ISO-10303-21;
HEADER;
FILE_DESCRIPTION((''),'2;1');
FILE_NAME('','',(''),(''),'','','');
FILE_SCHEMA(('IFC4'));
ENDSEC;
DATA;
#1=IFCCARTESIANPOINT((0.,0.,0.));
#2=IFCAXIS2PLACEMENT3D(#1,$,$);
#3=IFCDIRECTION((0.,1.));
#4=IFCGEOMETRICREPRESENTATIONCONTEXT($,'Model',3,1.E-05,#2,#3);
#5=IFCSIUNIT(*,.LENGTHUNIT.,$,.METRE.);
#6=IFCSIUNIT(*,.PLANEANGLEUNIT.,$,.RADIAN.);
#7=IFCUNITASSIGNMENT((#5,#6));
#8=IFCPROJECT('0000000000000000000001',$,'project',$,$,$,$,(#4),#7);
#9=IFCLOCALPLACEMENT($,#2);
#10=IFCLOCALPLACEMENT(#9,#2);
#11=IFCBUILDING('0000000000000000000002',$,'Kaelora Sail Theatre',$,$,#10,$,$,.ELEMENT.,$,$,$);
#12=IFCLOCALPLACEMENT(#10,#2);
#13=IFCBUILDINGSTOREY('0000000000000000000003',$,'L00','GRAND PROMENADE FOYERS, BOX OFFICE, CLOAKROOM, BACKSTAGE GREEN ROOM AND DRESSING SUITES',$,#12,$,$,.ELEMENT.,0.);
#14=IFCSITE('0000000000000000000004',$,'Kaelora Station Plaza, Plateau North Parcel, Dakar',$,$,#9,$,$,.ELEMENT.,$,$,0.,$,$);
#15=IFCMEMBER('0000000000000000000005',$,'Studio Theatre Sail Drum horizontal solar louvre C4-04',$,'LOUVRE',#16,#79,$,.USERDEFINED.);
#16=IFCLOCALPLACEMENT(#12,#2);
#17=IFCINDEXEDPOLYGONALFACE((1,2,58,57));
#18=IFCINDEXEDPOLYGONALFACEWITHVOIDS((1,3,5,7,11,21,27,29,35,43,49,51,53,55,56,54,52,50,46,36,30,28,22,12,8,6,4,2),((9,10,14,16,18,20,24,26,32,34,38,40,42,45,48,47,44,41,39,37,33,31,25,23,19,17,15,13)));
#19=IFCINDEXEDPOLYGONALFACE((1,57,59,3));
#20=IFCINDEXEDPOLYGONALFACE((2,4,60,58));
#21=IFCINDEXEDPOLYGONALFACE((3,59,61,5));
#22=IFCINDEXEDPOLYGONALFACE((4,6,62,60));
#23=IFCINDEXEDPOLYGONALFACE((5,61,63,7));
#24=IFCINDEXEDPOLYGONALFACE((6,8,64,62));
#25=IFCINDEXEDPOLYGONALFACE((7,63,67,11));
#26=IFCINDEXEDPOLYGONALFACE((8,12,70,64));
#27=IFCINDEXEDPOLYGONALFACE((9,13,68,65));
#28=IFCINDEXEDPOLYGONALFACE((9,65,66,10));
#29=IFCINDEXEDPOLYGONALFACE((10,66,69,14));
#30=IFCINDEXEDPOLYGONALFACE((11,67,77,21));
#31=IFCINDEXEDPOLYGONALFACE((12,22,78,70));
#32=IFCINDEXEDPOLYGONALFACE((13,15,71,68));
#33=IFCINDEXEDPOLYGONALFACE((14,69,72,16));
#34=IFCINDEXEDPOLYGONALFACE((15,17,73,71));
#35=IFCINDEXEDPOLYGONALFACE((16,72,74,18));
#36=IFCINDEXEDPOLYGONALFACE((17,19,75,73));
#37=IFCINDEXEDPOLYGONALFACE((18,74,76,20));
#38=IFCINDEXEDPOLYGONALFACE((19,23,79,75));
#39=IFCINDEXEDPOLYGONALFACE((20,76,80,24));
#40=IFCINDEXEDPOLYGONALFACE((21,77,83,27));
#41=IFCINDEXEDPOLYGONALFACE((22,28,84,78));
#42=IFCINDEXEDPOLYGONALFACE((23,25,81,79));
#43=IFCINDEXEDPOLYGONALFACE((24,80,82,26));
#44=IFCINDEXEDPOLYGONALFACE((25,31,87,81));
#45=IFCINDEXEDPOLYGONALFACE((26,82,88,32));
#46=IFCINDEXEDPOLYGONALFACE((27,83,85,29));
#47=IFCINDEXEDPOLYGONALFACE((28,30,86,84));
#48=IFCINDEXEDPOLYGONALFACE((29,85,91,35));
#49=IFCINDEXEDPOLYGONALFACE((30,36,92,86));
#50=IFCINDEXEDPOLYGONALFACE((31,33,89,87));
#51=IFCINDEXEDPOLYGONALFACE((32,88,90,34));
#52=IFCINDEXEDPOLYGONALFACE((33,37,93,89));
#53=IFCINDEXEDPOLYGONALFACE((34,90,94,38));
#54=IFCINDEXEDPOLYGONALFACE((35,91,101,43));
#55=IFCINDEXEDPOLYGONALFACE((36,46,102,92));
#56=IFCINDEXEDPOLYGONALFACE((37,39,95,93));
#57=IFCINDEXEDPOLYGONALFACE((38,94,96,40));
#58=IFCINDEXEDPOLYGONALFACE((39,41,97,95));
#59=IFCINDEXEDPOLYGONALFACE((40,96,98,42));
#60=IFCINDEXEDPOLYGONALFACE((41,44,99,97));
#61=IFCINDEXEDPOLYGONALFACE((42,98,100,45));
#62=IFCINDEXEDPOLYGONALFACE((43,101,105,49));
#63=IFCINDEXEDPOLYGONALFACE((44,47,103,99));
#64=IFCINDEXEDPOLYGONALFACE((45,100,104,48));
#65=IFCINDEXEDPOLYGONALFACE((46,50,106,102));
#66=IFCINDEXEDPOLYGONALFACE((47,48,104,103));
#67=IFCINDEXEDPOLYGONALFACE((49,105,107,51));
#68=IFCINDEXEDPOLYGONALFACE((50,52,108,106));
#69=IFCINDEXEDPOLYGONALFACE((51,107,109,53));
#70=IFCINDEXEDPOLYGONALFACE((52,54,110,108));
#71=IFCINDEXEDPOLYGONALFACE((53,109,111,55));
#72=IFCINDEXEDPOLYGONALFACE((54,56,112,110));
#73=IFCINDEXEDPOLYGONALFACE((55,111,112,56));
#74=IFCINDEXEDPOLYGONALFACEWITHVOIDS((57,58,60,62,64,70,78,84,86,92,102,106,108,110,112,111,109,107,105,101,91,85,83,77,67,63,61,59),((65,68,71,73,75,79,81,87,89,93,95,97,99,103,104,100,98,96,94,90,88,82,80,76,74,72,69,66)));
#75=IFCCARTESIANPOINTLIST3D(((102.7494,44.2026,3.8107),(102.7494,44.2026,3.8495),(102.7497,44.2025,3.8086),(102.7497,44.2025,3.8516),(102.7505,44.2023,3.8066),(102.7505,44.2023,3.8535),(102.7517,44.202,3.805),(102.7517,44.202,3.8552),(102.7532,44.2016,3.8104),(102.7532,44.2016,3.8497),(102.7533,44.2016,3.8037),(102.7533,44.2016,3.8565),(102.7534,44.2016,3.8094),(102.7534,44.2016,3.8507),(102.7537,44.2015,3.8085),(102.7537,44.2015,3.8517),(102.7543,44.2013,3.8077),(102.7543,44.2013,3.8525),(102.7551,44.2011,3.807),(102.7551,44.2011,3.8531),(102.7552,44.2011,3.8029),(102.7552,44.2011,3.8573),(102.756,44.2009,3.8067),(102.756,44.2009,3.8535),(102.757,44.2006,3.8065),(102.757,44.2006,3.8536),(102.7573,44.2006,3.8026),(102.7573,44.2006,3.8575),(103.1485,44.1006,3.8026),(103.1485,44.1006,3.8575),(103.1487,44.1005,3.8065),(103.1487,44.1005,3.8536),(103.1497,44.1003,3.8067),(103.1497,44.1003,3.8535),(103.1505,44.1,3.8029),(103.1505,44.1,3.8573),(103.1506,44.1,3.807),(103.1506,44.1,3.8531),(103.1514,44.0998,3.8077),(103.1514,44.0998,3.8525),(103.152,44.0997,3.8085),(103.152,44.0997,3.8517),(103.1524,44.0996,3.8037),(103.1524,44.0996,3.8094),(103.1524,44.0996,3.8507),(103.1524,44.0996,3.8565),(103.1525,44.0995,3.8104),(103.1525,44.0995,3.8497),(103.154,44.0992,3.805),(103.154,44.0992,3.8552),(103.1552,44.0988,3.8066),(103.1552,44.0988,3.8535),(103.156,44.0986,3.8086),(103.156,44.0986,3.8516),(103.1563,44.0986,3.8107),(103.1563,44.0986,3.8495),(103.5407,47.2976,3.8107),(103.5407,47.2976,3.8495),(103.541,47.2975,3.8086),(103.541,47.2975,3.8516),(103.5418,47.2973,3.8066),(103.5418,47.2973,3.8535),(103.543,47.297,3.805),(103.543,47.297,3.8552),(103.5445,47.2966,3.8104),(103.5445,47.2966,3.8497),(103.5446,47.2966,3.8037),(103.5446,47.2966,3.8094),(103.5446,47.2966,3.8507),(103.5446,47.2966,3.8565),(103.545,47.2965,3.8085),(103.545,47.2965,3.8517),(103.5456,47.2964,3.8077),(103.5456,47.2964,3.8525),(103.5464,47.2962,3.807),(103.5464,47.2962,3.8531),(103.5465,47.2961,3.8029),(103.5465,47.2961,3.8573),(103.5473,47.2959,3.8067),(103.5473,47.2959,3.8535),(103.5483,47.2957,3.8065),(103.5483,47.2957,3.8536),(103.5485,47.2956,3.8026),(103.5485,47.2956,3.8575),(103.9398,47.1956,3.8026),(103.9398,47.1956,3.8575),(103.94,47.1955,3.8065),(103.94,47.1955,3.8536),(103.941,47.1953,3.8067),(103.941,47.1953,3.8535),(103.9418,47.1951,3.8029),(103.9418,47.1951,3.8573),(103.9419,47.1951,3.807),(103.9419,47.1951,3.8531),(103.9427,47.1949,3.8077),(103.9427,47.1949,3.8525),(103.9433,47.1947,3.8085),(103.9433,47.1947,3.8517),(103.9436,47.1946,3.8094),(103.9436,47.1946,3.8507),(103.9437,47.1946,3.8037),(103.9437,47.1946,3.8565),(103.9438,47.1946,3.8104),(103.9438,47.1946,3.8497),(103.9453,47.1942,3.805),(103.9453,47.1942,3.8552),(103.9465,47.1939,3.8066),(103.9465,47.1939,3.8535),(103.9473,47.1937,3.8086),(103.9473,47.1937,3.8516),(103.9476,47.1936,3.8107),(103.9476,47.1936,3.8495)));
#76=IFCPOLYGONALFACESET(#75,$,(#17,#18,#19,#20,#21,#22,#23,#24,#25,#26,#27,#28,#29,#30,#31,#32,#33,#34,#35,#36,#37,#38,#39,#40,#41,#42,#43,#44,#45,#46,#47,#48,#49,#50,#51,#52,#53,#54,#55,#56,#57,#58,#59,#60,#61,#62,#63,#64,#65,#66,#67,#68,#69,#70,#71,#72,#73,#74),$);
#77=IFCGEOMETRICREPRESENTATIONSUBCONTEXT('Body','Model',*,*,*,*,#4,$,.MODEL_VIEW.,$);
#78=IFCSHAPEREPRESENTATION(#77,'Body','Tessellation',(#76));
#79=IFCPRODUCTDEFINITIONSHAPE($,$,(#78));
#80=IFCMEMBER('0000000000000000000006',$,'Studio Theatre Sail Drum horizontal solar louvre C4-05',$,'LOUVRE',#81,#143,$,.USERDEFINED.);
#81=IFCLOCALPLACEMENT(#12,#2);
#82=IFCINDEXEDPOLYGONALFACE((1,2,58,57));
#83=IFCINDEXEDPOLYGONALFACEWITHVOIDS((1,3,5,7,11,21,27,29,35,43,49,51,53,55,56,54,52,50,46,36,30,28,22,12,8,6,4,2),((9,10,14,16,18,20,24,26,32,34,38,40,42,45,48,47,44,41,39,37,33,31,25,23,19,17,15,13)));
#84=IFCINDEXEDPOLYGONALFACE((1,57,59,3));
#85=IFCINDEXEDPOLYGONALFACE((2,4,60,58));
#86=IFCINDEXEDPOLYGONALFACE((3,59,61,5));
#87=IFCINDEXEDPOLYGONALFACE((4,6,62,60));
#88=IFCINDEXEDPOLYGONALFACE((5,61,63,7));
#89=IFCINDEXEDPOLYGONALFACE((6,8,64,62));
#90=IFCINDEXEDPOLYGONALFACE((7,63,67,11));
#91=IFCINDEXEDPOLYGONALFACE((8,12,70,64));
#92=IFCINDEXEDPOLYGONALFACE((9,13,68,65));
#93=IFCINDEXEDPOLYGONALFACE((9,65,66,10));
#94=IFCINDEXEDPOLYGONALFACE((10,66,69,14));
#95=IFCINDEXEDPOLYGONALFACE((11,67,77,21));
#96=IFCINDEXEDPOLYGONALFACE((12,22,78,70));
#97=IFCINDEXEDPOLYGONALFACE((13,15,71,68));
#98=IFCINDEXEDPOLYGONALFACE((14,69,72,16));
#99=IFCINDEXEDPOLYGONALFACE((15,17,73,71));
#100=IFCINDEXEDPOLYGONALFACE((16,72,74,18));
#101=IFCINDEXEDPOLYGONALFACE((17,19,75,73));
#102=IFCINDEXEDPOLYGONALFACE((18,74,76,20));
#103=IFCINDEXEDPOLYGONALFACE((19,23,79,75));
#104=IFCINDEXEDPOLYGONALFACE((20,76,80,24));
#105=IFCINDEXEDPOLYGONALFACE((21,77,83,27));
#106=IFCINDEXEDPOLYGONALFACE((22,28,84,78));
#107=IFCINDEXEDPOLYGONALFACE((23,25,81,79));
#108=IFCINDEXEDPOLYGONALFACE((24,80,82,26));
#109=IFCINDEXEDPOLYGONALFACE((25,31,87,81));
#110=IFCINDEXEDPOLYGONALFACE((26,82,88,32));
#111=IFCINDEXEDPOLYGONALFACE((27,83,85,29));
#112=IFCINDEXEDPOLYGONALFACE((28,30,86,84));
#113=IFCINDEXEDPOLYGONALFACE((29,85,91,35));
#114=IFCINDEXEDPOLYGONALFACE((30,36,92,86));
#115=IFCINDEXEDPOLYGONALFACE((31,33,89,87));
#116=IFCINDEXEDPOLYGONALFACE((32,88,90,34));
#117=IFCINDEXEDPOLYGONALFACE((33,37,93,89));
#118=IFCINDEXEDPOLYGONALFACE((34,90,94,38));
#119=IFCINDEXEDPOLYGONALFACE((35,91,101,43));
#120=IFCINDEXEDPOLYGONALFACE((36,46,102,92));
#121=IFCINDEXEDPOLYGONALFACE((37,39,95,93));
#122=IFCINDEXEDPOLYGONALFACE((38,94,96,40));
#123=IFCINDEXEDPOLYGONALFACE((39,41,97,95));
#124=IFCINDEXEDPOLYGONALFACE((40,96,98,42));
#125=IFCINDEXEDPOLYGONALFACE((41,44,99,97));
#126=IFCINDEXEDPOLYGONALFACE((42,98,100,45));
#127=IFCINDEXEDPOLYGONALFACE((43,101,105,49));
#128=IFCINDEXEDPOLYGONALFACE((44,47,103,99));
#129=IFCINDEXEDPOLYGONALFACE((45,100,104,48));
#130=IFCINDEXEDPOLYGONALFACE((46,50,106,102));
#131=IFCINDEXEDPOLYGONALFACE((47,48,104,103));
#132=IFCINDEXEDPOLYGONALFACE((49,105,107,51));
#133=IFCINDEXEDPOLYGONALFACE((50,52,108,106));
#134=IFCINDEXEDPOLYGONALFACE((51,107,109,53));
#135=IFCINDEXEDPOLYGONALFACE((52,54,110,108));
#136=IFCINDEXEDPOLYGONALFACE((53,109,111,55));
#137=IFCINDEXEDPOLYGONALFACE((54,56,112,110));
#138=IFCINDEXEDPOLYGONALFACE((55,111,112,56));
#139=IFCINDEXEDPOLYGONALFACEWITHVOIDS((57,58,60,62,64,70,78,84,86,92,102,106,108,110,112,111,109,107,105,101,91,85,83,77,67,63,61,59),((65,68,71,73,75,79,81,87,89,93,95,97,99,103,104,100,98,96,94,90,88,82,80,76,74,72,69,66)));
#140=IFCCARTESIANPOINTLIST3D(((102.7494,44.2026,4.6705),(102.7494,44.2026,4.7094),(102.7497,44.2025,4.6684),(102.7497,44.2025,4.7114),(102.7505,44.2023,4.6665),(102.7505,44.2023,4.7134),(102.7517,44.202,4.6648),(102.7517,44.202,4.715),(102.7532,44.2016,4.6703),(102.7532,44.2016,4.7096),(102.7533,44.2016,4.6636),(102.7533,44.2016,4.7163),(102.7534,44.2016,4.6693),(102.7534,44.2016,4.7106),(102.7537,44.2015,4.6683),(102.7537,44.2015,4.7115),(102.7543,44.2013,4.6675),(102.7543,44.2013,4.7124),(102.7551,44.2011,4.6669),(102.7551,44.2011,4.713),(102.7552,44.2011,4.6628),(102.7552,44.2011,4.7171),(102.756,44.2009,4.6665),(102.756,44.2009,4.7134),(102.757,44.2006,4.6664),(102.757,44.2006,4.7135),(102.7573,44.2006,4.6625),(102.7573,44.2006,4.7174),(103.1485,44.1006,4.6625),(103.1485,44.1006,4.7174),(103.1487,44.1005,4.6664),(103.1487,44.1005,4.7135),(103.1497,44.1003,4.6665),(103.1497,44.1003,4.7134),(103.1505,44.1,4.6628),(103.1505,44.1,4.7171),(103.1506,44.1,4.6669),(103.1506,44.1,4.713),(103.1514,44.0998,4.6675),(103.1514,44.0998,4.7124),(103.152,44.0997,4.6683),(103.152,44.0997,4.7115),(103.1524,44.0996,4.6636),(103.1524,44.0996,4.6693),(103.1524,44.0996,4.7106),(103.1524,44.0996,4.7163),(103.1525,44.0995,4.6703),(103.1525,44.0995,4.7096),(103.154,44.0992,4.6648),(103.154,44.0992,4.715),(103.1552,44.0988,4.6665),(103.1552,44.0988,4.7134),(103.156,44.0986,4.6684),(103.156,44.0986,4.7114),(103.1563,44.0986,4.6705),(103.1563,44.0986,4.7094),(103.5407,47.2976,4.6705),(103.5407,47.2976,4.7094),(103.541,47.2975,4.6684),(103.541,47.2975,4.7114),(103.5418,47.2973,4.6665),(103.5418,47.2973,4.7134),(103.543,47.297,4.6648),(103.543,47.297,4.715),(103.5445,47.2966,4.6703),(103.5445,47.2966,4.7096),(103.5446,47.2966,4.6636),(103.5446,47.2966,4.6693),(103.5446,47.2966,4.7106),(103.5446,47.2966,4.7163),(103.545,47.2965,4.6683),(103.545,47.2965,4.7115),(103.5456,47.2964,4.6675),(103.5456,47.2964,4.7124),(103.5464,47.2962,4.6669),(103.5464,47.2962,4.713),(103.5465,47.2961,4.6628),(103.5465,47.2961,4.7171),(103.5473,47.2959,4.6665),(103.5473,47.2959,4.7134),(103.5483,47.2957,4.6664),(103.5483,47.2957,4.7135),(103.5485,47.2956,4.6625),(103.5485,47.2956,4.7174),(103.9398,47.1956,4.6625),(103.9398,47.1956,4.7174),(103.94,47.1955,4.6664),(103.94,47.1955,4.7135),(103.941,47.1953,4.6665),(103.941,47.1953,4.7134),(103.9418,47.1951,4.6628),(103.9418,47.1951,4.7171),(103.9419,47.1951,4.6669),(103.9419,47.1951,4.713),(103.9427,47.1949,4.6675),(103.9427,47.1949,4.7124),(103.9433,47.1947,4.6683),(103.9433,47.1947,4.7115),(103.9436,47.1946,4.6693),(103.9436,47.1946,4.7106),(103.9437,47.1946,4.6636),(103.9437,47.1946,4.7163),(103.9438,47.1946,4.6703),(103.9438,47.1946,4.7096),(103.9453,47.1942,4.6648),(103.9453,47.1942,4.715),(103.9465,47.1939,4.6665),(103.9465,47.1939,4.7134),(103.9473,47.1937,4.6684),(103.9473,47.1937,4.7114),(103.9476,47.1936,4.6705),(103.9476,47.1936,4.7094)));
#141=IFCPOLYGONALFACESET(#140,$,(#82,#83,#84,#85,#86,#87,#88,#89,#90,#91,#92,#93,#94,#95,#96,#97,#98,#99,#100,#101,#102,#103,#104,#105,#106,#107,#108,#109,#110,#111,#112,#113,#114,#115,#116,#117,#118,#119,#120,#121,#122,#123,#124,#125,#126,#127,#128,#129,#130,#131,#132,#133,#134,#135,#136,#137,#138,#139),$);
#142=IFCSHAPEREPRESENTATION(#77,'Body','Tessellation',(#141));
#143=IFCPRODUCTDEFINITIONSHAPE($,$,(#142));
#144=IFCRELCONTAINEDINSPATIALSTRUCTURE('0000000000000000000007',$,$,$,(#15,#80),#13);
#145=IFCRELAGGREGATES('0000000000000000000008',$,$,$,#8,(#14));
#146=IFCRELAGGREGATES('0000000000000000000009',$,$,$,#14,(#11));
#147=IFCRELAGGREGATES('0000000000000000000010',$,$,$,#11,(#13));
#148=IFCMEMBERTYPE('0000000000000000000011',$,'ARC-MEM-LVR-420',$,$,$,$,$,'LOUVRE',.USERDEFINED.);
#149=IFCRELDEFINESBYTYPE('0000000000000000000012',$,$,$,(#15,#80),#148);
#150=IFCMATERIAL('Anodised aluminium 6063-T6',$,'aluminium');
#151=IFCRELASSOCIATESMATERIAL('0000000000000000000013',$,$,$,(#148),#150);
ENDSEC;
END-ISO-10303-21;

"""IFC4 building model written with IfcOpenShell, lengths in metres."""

from ifc_helpers import new_model, si_unit, direction, frame, origin, origin_2d, place, context, subcontext, project, spatial, hollow_rectangle, extrude, material, material_profile, profile_set, type_object, element, save


model = new_model("IFC4")

# Units and contexts
model_context = context("Model", 3, precision=1e-05, world=origin(), true_north=direction((0.0, 1.0)))
body_context = subcontext(model_context, "Body", "Model", "MODEL_VIEW")
ifc_project = project(units=[si_unit("LENGTHUNIT", "METRE"), si_unit("PLANEANGLEUNIT", "RADIAN")], contexts=[model_context])

# Site, building, storey
site_placement = place(None, origin())
site = spatial("IfcSite", under=ifc_project, at=site_placement, Name="Kaelora Station Plaza, Plateau North Parcel, Dakar", CompositionType="ELEMENT", RefElevation=0.0)
building_placement = place(site_placement, origin())
building = spatial("IfcBuilding", under=site, at=building_placement, Name="Kaelora Sail Theatre", CompositionType="ELEMENT")
storey_placement = place(building_placement, origin())
storey = spatial("IfcBuildingStorey", under=building, at=storey_placement, Name="L00", Description="GRAND PROMENADE FOYERS, BOX OFFICE, CLOAKROOM, BACKSTAGE GREEN ROOM AND DRESSING SUITES", CompositionType="ELEMENT", Elevation=0.0)

# Members
ifc_material_1 = material(Name="Anodised aluminium 6063-T6", Category="aluminium")
ifc_material_profile_1 = material_profile(ifc_material_1, hollow_rectangle(XDim=0.4199, YDim=0.0549, WallThickness=0.0039, InnerFilletRadius=0.0039, OuterFilletRadius=0.0081, at=origin_2d()), Name="LOUVRE 420x55x4")
ifc_profile_set_1 = profile_set([ifc_material_profile_1], Name="Anodised aluminium 6063-T6")
member_type_1 = type_object("IfcMemberType", Name="ARC-MEM-LVR-420", ElementType="LOUVRE", PredefinedType="USERDEFINED", material=ifc_profile_set_1)
for number, where, z_axis, x_axis, name in (
    (1, (103.7441, 47.2456, 3.8301), (-0.247693, -0.968839, 0.0), (0.968839, -0.247693, 0.0), "Studio Theatre Sail Drum horizontal solar louvre C4-04"),
    (2, (103.7441, 47.2456, 4.6899), (-0.247693, -0.968839, 0.0), (0.968839, -0.247693, 0.0), "Studio Theatre Sail Drum horizontal solar louvre C4-05"),
):
    element("IfcMember", number, at=place(storey_placement, frame(where, z_axis=z_axis, x_axis=x_axis)), inside=storey, type_object=member_type_1, Name=name, ObjectType="LOUVRE", PredefinedType="USERDEFINED", context=body_context, shape_type="SweptSolid", body=[
        extrude(hollow_rectangle(XDim=0.4199, YDim=0.0549, WallThickness=0.0039, InnerFilletRadius=0.0039, OuterFilletRadius=0.0081, at=origin_2d()), origin(), (0.0, 0.0, 1.0), 3.1946),
    ])

save(model, "model.ifc")
